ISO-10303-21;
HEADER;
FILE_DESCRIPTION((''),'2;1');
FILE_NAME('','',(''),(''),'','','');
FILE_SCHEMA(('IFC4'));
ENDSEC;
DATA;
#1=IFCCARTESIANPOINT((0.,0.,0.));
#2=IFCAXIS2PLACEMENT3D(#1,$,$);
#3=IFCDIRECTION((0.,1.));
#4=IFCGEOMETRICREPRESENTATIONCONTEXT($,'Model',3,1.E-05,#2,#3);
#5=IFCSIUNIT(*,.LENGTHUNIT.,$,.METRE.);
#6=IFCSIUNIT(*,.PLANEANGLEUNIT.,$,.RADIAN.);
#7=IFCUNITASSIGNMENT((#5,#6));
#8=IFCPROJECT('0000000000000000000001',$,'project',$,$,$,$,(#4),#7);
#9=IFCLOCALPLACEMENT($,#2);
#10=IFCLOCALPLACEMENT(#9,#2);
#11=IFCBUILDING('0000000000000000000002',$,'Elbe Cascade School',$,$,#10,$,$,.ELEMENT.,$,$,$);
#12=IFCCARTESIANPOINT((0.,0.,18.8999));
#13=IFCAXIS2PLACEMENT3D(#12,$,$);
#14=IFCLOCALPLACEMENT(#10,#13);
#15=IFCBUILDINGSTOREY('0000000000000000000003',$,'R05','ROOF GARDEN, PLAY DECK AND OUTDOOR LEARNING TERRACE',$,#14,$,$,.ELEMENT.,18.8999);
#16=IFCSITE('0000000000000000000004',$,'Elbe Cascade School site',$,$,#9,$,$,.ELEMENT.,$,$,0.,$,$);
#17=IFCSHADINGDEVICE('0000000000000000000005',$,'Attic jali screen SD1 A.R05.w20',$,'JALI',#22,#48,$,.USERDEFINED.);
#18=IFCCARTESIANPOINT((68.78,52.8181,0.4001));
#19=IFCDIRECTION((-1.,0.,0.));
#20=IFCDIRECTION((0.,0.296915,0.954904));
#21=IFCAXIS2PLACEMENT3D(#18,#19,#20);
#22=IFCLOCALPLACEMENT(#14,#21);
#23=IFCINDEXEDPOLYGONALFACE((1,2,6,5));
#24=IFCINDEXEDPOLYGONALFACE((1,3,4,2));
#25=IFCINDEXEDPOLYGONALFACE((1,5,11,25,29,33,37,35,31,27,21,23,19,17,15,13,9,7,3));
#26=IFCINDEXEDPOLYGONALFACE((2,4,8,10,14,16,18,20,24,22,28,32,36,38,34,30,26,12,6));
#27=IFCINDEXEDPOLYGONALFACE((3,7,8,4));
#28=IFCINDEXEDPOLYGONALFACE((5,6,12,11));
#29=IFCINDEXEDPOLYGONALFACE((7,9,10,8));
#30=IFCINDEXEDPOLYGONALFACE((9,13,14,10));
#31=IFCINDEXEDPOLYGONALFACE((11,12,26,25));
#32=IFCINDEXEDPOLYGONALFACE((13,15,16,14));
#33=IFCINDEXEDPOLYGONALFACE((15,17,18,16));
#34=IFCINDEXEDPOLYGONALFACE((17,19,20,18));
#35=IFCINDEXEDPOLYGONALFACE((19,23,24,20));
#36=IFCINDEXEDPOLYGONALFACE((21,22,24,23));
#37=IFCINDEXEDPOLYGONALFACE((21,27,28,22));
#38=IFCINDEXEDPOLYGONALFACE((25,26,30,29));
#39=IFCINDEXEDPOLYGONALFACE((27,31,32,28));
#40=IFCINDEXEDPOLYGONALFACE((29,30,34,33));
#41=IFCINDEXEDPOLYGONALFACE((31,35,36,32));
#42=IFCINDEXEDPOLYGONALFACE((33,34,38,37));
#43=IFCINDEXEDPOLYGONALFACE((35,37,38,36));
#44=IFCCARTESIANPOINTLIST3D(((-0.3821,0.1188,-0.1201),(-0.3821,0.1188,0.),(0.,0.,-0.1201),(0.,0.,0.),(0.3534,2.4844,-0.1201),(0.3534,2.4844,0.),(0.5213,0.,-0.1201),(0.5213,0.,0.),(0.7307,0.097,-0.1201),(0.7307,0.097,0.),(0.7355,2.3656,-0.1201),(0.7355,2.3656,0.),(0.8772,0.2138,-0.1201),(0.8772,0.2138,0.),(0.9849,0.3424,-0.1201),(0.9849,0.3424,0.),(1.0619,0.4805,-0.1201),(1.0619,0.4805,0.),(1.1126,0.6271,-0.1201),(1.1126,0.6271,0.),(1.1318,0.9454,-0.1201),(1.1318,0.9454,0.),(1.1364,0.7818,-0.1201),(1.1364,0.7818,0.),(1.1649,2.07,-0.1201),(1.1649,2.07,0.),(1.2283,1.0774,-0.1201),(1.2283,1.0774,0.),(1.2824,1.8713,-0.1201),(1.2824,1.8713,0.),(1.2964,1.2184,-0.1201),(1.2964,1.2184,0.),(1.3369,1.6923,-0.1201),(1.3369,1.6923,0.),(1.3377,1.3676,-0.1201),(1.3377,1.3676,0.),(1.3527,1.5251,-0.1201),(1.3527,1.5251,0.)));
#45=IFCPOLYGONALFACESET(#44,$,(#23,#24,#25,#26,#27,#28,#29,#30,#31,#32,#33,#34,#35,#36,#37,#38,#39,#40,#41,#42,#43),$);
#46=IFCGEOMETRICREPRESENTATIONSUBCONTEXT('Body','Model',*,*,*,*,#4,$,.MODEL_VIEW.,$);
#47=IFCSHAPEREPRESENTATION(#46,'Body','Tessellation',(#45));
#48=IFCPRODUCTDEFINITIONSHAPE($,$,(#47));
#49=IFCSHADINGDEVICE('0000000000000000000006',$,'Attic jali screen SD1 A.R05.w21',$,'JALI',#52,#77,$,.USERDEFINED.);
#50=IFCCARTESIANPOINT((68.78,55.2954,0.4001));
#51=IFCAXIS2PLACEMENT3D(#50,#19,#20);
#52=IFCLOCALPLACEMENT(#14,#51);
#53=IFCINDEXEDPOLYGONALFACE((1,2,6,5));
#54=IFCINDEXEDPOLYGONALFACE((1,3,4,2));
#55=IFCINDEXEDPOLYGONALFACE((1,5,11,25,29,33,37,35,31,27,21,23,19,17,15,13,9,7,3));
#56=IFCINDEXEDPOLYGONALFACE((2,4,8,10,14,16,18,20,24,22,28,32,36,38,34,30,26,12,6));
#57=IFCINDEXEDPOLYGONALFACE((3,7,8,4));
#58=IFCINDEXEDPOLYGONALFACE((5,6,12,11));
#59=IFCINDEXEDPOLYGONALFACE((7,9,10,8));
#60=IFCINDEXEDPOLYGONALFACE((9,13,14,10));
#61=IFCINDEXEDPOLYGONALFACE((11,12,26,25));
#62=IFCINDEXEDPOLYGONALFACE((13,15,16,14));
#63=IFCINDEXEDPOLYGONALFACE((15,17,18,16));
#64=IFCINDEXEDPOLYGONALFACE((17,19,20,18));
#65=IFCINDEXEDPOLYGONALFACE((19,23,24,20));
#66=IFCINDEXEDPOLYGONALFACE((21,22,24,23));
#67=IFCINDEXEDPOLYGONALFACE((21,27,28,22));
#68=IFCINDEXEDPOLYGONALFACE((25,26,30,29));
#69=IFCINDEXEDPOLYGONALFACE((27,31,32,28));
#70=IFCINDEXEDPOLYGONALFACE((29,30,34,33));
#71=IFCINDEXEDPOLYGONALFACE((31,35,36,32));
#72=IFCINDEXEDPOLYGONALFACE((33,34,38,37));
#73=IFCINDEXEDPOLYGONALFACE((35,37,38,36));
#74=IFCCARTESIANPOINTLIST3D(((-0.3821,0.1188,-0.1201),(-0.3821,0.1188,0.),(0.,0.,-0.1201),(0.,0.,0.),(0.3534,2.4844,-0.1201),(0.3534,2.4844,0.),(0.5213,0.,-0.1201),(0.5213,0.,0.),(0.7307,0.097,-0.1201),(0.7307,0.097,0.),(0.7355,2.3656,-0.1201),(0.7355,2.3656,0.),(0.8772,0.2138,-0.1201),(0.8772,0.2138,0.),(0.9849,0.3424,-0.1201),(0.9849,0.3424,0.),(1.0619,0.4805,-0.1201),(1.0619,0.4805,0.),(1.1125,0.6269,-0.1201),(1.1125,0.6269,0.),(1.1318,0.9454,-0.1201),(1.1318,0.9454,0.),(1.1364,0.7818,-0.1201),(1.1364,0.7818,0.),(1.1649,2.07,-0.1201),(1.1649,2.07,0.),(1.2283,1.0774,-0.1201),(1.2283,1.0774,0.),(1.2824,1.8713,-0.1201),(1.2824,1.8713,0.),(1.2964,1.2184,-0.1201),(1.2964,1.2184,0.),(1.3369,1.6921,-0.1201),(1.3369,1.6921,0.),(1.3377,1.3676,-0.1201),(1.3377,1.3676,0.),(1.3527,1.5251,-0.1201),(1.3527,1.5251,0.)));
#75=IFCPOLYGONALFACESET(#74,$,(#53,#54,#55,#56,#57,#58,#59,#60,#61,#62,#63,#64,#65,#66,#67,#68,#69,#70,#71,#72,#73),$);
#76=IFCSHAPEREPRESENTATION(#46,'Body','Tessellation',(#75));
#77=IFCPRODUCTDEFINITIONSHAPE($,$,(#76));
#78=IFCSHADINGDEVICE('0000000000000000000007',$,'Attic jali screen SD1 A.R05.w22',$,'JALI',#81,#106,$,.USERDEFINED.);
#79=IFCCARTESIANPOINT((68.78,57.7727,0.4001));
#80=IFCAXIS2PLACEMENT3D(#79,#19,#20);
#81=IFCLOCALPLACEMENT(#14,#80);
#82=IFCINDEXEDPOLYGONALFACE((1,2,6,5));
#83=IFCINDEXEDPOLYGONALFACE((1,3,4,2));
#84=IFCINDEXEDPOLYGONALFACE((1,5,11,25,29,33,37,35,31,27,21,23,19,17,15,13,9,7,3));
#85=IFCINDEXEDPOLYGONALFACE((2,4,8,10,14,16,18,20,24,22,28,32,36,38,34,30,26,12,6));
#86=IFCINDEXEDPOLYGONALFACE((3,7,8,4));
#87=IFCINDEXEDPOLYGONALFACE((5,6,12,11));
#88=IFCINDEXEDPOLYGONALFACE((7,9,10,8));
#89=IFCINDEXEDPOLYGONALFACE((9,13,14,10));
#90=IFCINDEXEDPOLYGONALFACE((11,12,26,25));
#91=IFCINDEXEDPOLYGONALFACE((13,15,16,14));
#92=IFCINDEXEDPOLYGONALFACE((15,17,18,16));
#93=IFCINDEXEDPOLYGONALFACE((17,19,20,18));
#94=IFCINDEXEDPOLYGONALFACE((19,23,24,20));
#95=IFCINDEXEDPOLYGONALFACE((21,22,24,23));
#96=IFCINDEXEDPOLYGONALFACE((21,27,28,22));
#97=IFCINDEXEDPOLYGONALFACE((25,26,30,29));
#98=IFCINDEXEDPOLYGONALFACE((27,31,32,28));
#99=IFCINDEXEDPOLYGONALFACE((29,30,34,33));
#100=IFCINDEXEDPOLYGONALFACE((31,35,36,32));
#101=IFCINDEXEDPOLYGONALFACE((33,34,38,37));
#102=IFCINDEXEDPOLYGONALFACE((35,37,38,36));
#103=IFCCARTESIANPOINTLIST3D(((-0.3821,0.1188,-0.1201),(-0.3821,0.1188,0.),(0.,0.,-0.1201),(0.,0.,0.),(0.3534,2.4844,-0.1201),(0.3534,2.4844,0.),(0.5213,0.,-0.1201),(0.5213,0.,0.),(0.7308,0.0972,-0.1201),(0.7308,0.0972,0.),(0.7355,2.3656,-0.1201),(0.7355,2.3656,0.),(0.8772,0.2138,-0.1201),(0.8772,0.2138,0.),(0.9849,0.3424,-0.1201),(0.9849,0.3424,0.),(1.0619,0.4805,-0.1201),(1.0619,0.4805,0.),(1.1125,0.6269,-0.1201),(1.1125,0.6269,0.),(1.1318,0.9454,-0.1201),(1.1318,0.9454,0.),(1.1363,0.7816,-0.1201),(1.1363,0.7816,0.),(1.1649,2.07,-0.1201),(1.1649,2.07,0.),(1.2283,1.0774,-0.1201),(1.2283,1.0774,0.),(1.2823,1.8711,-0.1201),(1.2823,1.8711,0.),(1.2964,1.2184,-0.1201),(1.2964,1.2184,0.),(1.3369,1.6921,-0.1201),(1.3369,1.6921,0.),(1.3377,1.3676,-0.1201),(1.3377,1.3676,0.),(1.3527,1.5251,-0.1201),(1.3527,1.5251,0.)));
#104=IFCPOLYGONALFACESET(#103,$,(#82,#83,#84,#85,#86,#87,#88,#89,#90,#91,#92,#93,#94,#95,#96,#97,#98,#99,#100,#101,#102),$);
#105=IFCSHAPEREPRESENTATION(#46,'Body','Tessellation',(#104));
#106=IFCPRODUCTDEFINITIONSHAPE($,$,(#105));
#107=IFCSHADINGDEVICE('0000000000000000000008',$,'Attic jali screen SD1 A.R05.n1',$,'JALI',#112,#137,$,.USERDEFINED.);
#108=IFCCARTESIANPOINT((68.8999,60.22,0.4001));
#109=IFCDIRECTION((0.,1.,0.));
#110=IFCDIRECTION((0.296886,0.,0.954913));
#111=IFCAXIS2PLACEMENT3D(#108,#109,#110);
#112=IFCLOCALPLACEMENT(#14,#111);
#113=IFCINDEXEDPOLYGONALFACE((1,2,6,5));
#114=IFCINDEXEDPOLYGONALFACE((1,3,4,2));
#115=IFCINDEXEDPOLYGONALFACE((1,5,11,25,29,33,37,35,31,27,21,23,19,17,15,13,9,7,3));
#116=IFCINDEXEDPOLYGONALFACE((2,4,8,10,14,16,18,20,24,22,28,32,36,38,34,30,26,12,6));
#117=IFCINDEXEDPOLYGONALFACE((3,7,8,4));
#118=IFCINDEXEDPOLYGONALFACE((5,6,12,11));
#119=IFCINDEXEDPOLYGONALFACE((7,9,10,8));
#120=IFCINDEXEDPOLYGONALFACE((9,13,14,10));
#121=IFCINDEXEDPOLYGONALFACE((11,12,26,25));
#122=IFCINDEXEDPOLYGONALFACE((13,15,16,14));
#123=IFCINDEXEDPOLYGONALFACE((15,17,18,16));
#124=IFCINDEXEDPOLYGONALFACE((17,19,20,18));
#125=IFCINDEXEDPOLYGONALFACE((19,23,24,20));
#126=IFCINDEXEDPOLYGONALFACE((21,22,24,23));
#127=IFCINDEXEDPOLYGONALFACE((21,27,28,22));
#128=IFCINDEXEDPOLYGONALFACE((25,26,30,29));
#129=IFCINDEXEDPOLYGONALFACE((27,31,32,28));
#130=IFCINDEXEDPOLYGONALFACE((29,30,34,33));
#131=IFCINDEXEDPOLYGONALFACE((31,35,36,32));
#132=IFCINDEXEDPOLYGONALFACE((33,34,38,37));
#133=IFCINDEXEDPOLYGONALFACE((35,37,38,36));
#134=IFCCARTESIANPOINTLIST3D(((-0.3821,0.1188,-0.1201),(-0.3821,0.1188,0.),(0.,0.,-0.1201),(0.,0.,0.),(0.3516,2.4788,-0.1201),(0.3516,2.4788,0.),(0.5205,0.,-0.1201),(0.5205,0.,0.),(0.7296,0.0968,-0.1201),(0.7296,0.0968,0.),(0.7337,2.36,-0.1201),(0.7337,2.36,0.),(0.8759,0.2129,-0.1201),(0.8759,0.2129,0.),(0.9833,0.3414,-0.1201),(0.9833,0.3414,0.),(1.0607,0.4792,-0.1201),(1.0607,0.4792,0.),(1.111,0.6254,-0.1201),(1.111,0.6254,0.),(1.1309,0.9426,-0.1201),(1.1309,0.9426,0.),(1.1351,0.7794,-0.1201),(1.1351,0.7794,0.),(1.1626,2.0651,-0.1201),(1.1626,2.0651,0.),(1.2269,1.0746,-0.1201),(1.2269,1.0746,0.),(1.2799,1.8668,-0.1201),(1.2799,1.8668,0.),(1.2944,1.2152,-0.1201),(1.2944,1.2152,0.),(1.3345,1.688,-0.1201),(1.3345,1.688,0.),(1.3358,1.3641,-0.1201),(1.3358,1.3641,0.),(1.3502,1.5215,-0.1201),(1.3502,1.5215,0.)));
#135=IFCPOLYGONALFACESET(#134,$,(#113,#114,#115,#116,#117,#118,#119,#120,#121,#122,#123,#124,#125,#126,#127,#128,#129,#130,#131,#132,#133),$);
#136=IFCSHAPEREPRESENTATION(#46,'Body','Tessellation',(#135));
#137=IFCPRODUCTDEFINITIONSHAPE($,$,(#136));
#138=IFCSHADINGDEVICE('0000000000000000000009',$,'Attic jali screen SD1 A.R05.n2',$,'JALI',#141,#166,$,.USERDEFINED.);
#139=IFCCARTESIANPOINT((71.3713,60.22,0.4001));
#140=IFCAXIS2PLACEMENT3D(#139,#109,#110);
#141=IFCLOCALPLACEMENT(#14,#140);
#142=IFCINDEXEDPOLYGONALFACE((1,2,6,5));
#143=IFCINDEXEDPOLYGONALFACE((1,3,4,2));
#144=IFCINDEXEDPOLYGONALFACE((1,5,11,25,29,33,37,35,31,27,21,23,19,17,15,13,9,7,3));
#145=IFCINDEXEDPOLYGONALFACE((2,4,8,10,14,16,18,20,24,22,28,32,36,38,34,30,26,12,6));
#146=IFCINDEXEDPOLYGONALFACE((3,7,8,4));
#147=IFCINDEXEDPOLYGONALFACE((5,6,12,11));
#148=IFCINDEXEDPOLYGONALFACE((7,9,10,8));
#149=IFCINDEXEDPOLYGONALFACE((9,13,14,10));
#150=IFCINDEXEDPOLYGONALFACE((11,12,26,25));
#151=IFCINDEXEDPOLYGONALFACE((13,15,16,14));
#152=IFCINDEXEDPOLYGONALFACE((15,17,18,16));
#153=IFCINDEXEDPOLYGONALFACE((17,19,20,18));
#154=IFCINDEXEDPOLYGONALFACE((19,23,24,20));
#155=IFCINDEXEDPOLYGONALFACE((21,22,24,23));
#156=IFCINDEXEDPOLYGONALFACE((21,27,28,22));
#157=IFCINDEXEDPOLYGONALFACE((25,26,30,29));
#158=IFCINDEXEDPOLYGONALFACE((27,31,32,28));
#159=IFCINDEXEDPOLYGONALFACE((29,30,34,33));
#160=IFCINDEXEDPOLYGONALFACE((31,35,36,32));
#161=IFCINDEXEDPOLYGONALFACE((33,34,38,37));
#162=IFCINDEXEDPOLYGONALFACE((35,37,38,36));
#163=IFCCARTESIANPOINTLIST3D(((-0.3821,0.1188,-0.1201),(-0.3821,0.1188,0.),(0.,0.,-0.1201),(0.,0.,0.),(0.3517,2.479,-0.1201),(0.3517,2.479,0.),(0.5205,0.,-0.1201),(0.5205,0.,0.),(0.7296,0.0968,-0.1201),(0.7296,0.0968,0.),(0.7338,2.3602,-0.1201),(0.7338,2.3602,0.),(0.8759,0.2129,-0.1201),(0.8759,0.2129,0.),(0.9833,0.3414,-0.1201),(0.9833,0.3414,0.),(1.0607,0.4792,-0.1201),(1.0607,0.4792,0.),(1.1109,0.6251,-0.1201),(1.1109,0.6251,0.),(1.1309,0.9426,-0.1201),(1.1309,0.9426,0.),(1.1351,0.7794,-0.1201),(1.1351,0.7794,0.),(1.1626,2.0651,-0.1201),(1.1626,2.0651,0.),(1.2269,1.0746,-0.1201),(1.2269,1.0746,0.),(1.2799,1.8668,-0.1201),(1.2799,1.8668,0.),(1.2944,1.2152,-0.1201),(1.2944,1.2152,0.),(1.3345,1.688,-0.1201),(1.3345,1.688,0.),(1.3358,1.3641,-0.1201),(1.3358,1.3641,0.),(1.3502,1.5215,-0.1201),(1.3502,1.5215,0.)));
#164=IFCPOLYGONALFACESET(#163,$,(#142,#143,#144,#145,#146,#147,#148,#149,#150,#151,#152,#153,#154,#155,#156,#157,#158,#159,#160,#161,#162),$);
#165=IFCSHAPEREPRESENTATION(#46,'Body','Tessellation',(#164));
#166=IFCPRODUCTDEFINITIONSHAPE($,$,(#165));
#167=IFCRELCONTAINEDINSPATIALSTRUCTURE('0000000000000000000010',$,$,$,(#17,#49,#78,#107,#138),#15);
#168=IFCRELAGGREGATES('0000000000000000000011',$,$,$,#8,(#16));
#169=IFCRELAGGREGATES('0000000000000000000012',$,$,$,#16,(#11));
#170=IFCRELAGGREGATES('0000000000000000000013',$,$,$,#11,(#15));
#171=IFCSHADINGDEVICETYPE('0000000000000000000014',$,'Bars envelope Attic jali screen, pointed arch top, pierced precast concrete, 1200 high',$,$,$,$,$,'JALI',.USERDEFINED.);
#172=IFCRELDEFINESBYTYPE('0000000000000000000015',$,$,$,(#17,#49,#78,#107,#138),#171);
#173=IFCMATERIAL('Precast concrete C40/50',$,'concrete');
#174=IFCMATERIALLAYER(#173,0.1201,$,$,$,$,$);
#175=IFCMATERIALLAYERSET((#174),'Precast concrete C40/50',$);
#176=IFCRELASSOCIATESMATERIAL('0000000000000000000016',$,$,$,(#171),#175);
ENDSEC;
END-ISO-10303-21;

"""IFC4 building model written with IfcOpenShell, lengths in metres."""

from ifc_helpers import new_model, si_unit, direction, frame, origin, place, context, subcontext, project, spatial, polyline, outline, extrude, material, layer, layer_set, type_object, element, save


model = new_model("IFC4")

# Units and contexts
model_context = context("Model", 3, precision=1e-05, world=origin(), true_north=direction((0.0, 1.0)))
body_context = subcontext(model_context, "Body", "Model", "MODEL_VIEW")
ifc_project = project(units=[si_unit("LENGTHUNIT", "METRE"), si_unit("PLANEANGLEUNIT", "RADIAN")], contexts=[model_context])

# Site, building, storey
site_placement = place(None, origin())
site = spatial("IfcSite", under=ifc_project, at=site_placement, Name="Elbe Cascade School site", CompositionType="ELEMENT", RefElevation=0.0)
building_placement = place(site_placement, origin())
building = spatial("IfcBuilding", under=site, at=building_placement, Name="Elbe Cascade School", CompositionType="ELEMENT")
storey_placement = place(building_placement, frame((0.0, 0.0, 18.8999)))
storey = spatial("IfcBuildingStorey", under=building, at=storey_placement, Name="R05", Description="ROOF GARDEN, PLAY DECK AND OUTDOOR LEARNING TERRACE", CompositionType="ELEMENT", Elevation=18.8999)

# Shading devices
ifc_material_1 = material(Name="Precast concrete C40/50", Category="concrete")
ifc_layer_1 = layer(ifc_material_1, 0.1201)
ifc_layer_set_1 = layer_set([ifc_layer_1], Name="Precast concrete C40/50")
shading_device_type = type_object("IfcShadingDeviceType", Name="Bars envelope Attic jali screen, pointed arch top, pierced precast concrete, 1200 high", ElementType="JALI", PredefinedType="USERDEFINED", material=ifc_layer_set_1)
shading_device_1_placement = place(storey_placement, frame((68.78, 52.8181, 0.4001), z_axis=(-1.0, 0.0, 0.0), x_axis=(0.0, 0.296915, 0.954904)))
element("IfcShadingDevice", 1, at=shading_device_1_placement, inside=storey, type_object=shading_device_type, Name="Attic jali screen SD1 A.R05.w20", ObjectType="JALI", PredefinedType="USERDEFINED", context=body_context, shape_type="SweptSolid", body=[
    extrude(outline(polyline([(0.0, 0.0), (0.5213, 0.0), (0.7307, 0.097), (0.8772, 0.2138), (0.9849, 0.3424), (1.0619, 0.4805), (1.1126, 0.6271), (1.1364, 0.7818), (1.1318, 0.9454), (1.2283, 1.0774), (1.2964, 1.2184), (1.3377, 1.3676), (1.3527, 1.5251), (1.3369, 1.6923), (1.2824, 1.8713), (1.1649, 2.07), (0.7355, 2.3656), (0.3534, 2.4844), (-0.3821, 0.1188), (0.0, 0.0)])), origin(), (0.0, 0.0, -1.0), 0.1201),
])
shading_device_2_placement = place(storey_placement, frame((68.78, 55.2954, 0.4001), z_axis=(-1.0, 0.0, 0.0), x_axis=(0.0, 0.296915, 0.954904)))
element("IfcShadingDevice", 2, at=shading_device_2_placement, inside=storey, type_object=shading_device_type, Name="Attic jali screen SD1 A.R05.w21", ObjectType="JALI", PredefinedType="USERDEFINED", context=body_context, shape_type="SweptSolid", body=[
    extrude(outline(polyline([(0.0, 0.0), (0.5213, 0.0), (0.7307, 0.097), (0.8772, 0.2138), (0.9849, 0.3424), (1.0619, 0.4805), (1.1125, 0.6269), (1.1364, 0.7818), (1.1318, 0.9454), (1.2283, 1.0774), (1.2964, 1.2184), (1.3377, 1.3676), (1.3527, 1.5251), (1.3369, 1.6921), (1.2824, 1.8713), (1.1649, 2.07), (0.7355, 2.3656), (0.3534, 2.4844), (-0.3821, 0.1188), (0.0, 0.0)])), origin(), (0.0, 0.0, -1.0), 0.1201),
])
shading_device_3_placement = place(storey_placement, frame((68.78, 57.7727, 0.4001), z_axis=(-1.0, 0.0, 0.0), x_axis=(0.0, 0.296915, 0.954904)))
element("IfcShadingDevice", 3, at=shading_device_3_placement, inside=storey, type_object=shading_device_type, Name="Attic jali screen SD1 A.R05.w22", ObjectType="JALI", PredefinedType="USERDEFINED", context=body_context, shape_type="SweptSolid", body=[
    extrude(outline(polyline([(0.0, 0.0), (0.5213, 0.0), (0.7308, 0.0972), (0.8772, 0.2138), (0.9849, 0.3424), (1.0619, 0.4805), (1.1125, 0.6269), (1.1363, 0.7816), (1.1318, 0.9454), (1.2283, 1.0774), (1.2964, 1.2184), (1.3377, 1.3676), (1.3527, 1.5251), (1.3369, 1.6921), (1.2823, 1.8711), (1.1649, 2.07), (0.7355, 2.3656), (0.3534, 2.4844), (-0.3821, 0.1188), (0.0, 0.0)])), origin(), (0.0, 0.0, -1.0), 0.1201),
])
shading_device_4_placement = place(storey_placement, frame((68.8999, 60.22, 0.4001), z_axis=(0.0, 1.0, 0.0), x_axis=(0.296886, 0.0, 0.954913)))
element("IfcShadingDevice", 4, at=shading_device_4_placement, inside=storey, type_object=shading_device_type, Name="Attic jali screen SD1 A.R05.n1", ObjectType="JALI", PredefinedType="USERDEFINED", context=body_context, shape_type="SweptSolid", body=[
    extrude(outline(polyline([(0.0, 0.0), (0.5205, 0.0), (0.7296, 0.0968), (0.8759, 0.2129), (0.9833, 0.3414), (1.0607, 0.4792), (1.111, 0.6254), (1.1351, 0.7794), (1.1309, 0.9426), (1.2269, 1.0746), (1.2944, 1.2152), (1.3358, 1.3641), (1.3502, 1.5215), (1.3345, 1.688), (1.2799, 1.8668), (1.1626, 2.0651), (0.7337, 2.36), (0.3516, 2.4788), (-0.3821, 0.1188), (0.0, 0.0)])), origin(), (0.0, 0.0, -1.0), 0.1201),
])
shading_device_5_placement = place(storey_placement, frame((71.3713, 60.22, 0.4001), z_axis=(0.0, 1.0, 0.0), x_axis=(0.296886, 0.0, 0.954913)))
element("IfcShadingDevice", 5, at=shading_device_5_placement, inside=storey, type_object=shading_device_type, Name="Attic jali screen SD1 A.R05.n2", ObjectType="JALI", PredefinedType="USERDEFINED", context=body_context, shape_type="SweptSolid", body=[
    extrude(outline(polyline([(0.0, 0.0), (0.5205, 0.0), (0.7296, 0.0968), (0.8759, 0.2129), (0.9833, 0.3414), (1.0607, 0.4792), (1.1109, 0.6251), (1.1351, 0.7794), (1.1309, 0.9426), (1.2269, 1.0746), (1.2944, 1.2152), (1.3358, 1.3641), (1.3502, 1.5215), (1.3345, 1.688), (1.2799, 1.8668), (1.1626, 2.0651), (0.7338, 2.3602), (0.3517, 2.479), (-0.3821, 0.1188), (0.0, 0.0)])), origin(), (0.0, 0.0, -1.0), 0.1201),
])

save(model, "model.ifc")
